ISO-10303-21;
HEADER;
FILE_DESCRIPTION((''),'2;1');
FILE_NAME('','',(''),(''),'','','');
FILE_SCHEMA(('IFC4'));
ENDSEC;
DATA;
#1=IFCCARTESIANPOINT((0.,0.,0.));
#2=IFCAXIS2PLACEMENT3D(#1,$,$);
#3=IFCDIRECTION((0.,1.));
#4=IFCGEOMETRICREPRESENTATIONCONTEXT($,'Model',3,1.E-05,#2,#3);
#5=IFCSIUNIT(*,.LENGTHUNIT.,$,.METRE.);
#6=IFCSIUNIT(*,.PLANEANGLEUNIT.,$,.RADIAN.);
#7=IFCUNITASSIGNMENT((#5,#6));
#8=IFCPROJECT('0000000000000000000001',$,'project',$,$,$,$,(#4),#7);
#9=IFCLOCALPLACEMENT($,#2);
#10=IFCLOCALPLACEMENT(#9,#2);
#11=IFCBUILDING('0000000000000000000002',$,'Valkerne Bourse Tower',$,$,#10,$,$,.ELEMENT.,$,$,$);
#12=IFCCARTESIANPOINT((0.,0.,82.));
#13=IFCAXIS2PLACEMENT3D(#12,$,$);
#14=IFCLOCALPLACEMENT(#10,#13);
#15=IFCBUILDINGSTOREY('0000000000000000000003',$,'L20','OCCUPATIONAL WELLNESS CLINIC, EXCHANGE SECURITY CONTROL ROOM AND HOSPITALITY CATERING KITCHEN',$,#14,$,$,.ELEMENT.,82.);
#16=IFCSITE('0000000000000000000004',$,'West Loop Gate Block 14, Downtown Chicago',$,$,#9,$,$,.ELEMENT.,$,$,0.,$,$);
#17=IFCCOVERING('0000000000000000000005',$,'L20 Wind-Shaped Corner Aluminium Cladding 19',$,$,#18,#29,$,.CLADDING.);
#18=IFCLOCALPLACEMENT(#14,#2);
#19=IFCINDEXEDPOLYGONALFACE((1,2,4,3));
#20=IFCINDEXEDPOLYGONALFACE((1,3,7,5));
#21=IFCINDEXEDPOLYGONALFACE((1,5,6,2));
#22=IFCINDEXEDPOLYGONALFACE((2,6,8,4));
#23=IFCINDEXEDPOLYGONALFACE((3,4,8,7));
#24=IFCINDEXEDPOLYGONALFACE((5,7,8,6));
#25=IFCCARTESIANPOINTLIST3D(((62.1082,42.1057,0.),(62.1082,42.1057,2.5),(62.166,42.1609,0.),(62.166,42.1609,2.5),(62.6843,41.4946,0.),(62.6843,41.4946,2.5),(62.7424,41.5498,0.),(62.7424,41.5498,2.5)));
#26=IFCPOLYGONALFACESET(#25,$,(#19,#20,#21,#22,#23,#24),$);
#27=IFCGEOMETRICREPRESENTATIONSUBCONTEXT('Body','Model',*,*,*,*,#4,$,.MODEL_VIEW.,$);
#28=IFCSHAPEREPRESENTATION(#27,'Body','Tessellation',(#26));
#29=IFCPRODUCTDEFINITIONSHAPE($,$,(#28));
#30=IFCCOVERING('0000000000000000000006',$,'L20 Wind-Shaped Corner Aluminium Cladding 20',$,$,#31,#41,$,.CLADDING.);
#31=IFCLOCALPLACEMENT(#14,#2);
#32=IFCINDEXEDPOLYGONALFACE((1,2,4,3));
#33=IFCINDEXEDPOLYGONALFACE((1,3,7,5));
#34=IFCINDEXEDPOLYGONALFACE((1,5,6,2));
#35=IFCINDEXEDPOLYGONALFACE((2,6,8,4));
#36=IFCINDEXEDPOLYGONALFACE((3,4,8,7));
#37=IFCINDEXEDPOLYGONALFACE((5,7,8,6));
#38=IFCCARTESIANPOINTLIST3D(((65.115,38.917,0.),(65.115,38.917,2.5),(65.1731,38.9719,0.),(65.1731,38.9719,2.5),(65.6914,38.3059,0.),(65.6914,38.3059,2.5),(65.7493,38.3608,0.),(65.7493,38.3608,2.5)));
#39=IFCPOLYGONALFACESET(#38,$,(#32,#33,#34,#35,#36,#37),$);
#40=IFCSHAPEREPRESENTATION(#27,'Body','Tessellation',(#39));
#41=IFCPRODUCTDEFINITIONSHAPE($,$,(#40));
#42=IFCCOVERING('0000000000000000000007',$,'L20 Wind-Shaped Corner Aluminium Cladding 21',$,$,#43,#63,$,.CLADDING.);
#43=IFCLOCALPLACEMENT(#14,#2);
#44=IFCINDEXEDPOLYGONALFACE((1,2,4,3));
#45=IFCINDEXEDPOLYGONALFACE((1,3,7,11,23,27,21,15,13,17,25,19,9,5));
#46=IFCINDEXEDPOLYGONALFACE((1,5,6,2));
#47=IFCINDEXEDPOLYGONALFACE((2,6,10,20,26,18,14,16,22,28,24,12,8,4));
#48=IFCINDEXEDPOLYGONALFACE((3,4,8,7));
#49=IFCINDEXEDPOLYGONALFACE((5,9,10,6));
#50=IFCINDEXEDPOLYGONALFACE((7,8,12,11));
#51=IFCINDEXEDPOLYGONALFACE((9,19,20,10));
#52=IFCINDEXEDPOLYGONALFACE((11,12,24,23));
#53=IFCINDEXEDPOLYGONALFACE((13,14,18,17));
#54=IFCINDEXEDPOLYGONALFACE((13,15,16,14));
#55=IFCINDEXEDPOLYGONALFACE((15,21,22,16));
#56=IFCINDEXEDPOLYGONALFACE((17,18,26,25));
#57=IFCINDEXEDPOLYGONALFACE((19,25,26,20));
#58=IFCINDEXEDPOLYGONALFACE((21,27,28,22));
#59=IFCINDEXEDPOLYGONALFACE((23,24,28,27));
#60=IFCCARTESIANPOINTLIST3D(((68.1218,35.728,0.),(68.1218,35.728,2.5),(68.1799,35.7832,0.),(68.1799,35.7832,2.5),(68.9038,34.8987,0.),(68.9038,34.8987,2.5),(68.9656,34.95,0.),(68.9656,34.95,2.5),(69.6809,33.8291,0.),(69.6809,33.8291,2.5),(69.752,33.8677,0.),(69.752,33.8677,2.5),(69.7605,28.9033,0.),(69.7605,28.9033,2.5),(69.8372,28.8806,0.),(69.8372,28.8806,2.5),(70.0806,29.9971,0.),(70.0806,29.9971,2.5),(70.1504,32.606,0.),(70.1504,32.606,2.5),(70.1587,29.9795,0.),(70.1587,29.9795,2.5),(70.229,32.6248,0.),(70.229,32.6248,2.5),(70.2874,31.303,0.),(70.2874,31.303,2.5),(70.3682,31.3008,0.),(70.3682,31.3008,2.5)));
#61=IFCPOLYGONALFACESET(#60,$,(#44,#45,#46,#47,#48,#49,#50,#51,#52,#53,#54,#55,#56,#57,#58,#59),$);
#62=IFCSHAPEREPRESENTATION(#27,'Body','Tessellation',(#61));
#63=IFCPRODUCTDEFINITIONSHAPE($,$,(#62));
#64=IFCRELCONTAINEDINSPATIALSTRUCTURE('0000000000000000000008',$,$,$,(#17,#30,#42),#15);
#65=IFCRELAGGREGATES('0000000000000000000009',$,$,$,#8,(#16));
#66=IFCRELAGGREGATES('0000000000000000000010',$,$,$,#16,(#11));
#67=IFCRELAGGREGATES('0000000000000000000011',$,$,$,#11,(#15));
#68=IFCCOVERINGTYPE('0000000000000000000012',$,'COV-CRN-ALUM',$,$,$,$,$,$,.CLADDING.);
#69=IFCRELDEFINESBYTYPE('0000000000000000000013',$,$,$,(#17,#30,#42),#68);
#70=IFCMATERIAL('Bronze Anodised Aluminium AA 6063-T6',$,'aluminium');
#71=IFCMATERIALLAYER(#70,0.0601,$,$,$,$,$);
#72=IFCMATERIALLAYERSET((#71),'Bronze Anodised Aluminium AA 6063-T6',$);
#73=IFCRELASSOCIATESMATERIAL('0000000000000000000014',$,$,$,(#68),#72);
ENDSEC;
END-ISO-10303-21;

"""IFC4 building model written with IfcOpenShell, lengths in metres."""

from ifc_helpers import new_model, si_unit, direction, frame, origin, place, context, subcontext, project, spatial, polyline, outline, extrude, material, layer, layer_set, type_object, element, save


model = new_model("IFC4")

# Units and contexts
model_context = context("Model", 3, precision=1e-05, world=origin(), true_north=direction((0.0, 1.0)))
body_context = subcontext(model_context, "Body", "Model", "MODEL_VIEW")
ifc_project = project(units=[si_unit("LENGTHUNIT", "METRE"), si_unit("PLANEANGLEUNIT", "RADIAN")], contexts=[model_context])

# Site, building, storey
site_placement = place(None, origin())
site = spatial("IfcSite", under=ifc_project, at=site_placement, Name="West Loop Gate Block 14, Downtown Chicago", CompositionType="ELEMENT", RefElevation=0.0)
building_placement = place(site_placement, origin())
building = spatial("IfcBuilding", under=site, at=building_placement, Name="Valkerne Bourse Tower", CompositionType="ELEMENT")
storey_placement = place(building_placement, frame((0.0, 0.0, 82.0)))
storey = spatial("IfcBuildingStorey", under=building, at=storey_placement, Name="L20", Description="OCCUPATIONAL WELLNESS CLINIC, EXCHANGE SECURITY CONTROL ROOM AND HOSPITALITY CATERING KITCHEN", CompositionType="ELEMENT", Elevation=82.0)

# Coverings
ifc_material_1 = material(Name="Bronze Anodised Aluminium AA 6063-T6", Category="aluminium")
ifc_layer_1 = layer(ifc_material_1, 0.0601)
ifc_layer_set_1 = layer_set([ifc_layer_1], Name="Bronze Anodised Aluminium AA 6063-T6")
covering_type = type_object("IfcCoveringType", Name="COV-CRN-ALUM", PredefinedType="CLADDING", material=ifc_layer_set_1)
covering_1_placement = place(storey_placement, origin())
element("IfcCovering", 1, at=covering_1_placement, inside=storey, type_object=covering_type, Name="L20 Wind-Shaped Corner Aluminium Cladding 19", PredefinedType="CLADDING", context=body_context, shape_type="SweptSolid", body=[
    extrude(outline(polyline([(62.7424, 41.5498), (62.6843, 41.4946), (62.1082, 42.1057), (62.166, 42.1609), (62.7424, 41.5498)])), origin(), (0.0, 0.0, 1.0), 2.5),
])
covering_2_placement = place(storey_placement, origin())
element("IfcCovering", 2, at=covering_2_placement, inside=storey, type_object=covering_type, Name="L20 Wind-Shaped Corner Aluminium Cladding 20", PredefinedType="CLADDING", context=body_context, shape_type="SweptSolid", body=[
    extrude(outline(polyline([(65.7493, 38.3608), (65.6914, 38.3059), (65.115, 38.917), (65.1731, 38.9719), (65.7493, 38.3608)])), origin(), (0.0, 0.0, 1.0), 2.5),
])
covering_3_placement = place(storey_placement, origin())
element("IfcCovering", 3, at=covering_3_placement, inside=storey, type_object=covering_type, Name="L20 Wind-Shaped Corner Aluminium Cladding 21", PredefinedType="CLADDING", context=body_context, shape_type="SweptSolid", body=[
    extrude(outline(polyline([(68.9656, 34.95), (69.752, 33.8677), (70.229, 32.6248), (70.3682, 31.3008), (70.1587, 29.9795), (69.8372, 28.8806), (69.7605, 28.9033), (70.0806, 29.9971), (70.2874, 31.303), (70.1504, 32.606), (69.6809, 33.8291), (68.9038, 34.8987), (68.1218, 35.728), (68.1799, 35.7832), (68.9656, 34.95)])), origin(), (0.0, 0.0, 1.0), 2.5),
])

save(model, "model.ifc")
